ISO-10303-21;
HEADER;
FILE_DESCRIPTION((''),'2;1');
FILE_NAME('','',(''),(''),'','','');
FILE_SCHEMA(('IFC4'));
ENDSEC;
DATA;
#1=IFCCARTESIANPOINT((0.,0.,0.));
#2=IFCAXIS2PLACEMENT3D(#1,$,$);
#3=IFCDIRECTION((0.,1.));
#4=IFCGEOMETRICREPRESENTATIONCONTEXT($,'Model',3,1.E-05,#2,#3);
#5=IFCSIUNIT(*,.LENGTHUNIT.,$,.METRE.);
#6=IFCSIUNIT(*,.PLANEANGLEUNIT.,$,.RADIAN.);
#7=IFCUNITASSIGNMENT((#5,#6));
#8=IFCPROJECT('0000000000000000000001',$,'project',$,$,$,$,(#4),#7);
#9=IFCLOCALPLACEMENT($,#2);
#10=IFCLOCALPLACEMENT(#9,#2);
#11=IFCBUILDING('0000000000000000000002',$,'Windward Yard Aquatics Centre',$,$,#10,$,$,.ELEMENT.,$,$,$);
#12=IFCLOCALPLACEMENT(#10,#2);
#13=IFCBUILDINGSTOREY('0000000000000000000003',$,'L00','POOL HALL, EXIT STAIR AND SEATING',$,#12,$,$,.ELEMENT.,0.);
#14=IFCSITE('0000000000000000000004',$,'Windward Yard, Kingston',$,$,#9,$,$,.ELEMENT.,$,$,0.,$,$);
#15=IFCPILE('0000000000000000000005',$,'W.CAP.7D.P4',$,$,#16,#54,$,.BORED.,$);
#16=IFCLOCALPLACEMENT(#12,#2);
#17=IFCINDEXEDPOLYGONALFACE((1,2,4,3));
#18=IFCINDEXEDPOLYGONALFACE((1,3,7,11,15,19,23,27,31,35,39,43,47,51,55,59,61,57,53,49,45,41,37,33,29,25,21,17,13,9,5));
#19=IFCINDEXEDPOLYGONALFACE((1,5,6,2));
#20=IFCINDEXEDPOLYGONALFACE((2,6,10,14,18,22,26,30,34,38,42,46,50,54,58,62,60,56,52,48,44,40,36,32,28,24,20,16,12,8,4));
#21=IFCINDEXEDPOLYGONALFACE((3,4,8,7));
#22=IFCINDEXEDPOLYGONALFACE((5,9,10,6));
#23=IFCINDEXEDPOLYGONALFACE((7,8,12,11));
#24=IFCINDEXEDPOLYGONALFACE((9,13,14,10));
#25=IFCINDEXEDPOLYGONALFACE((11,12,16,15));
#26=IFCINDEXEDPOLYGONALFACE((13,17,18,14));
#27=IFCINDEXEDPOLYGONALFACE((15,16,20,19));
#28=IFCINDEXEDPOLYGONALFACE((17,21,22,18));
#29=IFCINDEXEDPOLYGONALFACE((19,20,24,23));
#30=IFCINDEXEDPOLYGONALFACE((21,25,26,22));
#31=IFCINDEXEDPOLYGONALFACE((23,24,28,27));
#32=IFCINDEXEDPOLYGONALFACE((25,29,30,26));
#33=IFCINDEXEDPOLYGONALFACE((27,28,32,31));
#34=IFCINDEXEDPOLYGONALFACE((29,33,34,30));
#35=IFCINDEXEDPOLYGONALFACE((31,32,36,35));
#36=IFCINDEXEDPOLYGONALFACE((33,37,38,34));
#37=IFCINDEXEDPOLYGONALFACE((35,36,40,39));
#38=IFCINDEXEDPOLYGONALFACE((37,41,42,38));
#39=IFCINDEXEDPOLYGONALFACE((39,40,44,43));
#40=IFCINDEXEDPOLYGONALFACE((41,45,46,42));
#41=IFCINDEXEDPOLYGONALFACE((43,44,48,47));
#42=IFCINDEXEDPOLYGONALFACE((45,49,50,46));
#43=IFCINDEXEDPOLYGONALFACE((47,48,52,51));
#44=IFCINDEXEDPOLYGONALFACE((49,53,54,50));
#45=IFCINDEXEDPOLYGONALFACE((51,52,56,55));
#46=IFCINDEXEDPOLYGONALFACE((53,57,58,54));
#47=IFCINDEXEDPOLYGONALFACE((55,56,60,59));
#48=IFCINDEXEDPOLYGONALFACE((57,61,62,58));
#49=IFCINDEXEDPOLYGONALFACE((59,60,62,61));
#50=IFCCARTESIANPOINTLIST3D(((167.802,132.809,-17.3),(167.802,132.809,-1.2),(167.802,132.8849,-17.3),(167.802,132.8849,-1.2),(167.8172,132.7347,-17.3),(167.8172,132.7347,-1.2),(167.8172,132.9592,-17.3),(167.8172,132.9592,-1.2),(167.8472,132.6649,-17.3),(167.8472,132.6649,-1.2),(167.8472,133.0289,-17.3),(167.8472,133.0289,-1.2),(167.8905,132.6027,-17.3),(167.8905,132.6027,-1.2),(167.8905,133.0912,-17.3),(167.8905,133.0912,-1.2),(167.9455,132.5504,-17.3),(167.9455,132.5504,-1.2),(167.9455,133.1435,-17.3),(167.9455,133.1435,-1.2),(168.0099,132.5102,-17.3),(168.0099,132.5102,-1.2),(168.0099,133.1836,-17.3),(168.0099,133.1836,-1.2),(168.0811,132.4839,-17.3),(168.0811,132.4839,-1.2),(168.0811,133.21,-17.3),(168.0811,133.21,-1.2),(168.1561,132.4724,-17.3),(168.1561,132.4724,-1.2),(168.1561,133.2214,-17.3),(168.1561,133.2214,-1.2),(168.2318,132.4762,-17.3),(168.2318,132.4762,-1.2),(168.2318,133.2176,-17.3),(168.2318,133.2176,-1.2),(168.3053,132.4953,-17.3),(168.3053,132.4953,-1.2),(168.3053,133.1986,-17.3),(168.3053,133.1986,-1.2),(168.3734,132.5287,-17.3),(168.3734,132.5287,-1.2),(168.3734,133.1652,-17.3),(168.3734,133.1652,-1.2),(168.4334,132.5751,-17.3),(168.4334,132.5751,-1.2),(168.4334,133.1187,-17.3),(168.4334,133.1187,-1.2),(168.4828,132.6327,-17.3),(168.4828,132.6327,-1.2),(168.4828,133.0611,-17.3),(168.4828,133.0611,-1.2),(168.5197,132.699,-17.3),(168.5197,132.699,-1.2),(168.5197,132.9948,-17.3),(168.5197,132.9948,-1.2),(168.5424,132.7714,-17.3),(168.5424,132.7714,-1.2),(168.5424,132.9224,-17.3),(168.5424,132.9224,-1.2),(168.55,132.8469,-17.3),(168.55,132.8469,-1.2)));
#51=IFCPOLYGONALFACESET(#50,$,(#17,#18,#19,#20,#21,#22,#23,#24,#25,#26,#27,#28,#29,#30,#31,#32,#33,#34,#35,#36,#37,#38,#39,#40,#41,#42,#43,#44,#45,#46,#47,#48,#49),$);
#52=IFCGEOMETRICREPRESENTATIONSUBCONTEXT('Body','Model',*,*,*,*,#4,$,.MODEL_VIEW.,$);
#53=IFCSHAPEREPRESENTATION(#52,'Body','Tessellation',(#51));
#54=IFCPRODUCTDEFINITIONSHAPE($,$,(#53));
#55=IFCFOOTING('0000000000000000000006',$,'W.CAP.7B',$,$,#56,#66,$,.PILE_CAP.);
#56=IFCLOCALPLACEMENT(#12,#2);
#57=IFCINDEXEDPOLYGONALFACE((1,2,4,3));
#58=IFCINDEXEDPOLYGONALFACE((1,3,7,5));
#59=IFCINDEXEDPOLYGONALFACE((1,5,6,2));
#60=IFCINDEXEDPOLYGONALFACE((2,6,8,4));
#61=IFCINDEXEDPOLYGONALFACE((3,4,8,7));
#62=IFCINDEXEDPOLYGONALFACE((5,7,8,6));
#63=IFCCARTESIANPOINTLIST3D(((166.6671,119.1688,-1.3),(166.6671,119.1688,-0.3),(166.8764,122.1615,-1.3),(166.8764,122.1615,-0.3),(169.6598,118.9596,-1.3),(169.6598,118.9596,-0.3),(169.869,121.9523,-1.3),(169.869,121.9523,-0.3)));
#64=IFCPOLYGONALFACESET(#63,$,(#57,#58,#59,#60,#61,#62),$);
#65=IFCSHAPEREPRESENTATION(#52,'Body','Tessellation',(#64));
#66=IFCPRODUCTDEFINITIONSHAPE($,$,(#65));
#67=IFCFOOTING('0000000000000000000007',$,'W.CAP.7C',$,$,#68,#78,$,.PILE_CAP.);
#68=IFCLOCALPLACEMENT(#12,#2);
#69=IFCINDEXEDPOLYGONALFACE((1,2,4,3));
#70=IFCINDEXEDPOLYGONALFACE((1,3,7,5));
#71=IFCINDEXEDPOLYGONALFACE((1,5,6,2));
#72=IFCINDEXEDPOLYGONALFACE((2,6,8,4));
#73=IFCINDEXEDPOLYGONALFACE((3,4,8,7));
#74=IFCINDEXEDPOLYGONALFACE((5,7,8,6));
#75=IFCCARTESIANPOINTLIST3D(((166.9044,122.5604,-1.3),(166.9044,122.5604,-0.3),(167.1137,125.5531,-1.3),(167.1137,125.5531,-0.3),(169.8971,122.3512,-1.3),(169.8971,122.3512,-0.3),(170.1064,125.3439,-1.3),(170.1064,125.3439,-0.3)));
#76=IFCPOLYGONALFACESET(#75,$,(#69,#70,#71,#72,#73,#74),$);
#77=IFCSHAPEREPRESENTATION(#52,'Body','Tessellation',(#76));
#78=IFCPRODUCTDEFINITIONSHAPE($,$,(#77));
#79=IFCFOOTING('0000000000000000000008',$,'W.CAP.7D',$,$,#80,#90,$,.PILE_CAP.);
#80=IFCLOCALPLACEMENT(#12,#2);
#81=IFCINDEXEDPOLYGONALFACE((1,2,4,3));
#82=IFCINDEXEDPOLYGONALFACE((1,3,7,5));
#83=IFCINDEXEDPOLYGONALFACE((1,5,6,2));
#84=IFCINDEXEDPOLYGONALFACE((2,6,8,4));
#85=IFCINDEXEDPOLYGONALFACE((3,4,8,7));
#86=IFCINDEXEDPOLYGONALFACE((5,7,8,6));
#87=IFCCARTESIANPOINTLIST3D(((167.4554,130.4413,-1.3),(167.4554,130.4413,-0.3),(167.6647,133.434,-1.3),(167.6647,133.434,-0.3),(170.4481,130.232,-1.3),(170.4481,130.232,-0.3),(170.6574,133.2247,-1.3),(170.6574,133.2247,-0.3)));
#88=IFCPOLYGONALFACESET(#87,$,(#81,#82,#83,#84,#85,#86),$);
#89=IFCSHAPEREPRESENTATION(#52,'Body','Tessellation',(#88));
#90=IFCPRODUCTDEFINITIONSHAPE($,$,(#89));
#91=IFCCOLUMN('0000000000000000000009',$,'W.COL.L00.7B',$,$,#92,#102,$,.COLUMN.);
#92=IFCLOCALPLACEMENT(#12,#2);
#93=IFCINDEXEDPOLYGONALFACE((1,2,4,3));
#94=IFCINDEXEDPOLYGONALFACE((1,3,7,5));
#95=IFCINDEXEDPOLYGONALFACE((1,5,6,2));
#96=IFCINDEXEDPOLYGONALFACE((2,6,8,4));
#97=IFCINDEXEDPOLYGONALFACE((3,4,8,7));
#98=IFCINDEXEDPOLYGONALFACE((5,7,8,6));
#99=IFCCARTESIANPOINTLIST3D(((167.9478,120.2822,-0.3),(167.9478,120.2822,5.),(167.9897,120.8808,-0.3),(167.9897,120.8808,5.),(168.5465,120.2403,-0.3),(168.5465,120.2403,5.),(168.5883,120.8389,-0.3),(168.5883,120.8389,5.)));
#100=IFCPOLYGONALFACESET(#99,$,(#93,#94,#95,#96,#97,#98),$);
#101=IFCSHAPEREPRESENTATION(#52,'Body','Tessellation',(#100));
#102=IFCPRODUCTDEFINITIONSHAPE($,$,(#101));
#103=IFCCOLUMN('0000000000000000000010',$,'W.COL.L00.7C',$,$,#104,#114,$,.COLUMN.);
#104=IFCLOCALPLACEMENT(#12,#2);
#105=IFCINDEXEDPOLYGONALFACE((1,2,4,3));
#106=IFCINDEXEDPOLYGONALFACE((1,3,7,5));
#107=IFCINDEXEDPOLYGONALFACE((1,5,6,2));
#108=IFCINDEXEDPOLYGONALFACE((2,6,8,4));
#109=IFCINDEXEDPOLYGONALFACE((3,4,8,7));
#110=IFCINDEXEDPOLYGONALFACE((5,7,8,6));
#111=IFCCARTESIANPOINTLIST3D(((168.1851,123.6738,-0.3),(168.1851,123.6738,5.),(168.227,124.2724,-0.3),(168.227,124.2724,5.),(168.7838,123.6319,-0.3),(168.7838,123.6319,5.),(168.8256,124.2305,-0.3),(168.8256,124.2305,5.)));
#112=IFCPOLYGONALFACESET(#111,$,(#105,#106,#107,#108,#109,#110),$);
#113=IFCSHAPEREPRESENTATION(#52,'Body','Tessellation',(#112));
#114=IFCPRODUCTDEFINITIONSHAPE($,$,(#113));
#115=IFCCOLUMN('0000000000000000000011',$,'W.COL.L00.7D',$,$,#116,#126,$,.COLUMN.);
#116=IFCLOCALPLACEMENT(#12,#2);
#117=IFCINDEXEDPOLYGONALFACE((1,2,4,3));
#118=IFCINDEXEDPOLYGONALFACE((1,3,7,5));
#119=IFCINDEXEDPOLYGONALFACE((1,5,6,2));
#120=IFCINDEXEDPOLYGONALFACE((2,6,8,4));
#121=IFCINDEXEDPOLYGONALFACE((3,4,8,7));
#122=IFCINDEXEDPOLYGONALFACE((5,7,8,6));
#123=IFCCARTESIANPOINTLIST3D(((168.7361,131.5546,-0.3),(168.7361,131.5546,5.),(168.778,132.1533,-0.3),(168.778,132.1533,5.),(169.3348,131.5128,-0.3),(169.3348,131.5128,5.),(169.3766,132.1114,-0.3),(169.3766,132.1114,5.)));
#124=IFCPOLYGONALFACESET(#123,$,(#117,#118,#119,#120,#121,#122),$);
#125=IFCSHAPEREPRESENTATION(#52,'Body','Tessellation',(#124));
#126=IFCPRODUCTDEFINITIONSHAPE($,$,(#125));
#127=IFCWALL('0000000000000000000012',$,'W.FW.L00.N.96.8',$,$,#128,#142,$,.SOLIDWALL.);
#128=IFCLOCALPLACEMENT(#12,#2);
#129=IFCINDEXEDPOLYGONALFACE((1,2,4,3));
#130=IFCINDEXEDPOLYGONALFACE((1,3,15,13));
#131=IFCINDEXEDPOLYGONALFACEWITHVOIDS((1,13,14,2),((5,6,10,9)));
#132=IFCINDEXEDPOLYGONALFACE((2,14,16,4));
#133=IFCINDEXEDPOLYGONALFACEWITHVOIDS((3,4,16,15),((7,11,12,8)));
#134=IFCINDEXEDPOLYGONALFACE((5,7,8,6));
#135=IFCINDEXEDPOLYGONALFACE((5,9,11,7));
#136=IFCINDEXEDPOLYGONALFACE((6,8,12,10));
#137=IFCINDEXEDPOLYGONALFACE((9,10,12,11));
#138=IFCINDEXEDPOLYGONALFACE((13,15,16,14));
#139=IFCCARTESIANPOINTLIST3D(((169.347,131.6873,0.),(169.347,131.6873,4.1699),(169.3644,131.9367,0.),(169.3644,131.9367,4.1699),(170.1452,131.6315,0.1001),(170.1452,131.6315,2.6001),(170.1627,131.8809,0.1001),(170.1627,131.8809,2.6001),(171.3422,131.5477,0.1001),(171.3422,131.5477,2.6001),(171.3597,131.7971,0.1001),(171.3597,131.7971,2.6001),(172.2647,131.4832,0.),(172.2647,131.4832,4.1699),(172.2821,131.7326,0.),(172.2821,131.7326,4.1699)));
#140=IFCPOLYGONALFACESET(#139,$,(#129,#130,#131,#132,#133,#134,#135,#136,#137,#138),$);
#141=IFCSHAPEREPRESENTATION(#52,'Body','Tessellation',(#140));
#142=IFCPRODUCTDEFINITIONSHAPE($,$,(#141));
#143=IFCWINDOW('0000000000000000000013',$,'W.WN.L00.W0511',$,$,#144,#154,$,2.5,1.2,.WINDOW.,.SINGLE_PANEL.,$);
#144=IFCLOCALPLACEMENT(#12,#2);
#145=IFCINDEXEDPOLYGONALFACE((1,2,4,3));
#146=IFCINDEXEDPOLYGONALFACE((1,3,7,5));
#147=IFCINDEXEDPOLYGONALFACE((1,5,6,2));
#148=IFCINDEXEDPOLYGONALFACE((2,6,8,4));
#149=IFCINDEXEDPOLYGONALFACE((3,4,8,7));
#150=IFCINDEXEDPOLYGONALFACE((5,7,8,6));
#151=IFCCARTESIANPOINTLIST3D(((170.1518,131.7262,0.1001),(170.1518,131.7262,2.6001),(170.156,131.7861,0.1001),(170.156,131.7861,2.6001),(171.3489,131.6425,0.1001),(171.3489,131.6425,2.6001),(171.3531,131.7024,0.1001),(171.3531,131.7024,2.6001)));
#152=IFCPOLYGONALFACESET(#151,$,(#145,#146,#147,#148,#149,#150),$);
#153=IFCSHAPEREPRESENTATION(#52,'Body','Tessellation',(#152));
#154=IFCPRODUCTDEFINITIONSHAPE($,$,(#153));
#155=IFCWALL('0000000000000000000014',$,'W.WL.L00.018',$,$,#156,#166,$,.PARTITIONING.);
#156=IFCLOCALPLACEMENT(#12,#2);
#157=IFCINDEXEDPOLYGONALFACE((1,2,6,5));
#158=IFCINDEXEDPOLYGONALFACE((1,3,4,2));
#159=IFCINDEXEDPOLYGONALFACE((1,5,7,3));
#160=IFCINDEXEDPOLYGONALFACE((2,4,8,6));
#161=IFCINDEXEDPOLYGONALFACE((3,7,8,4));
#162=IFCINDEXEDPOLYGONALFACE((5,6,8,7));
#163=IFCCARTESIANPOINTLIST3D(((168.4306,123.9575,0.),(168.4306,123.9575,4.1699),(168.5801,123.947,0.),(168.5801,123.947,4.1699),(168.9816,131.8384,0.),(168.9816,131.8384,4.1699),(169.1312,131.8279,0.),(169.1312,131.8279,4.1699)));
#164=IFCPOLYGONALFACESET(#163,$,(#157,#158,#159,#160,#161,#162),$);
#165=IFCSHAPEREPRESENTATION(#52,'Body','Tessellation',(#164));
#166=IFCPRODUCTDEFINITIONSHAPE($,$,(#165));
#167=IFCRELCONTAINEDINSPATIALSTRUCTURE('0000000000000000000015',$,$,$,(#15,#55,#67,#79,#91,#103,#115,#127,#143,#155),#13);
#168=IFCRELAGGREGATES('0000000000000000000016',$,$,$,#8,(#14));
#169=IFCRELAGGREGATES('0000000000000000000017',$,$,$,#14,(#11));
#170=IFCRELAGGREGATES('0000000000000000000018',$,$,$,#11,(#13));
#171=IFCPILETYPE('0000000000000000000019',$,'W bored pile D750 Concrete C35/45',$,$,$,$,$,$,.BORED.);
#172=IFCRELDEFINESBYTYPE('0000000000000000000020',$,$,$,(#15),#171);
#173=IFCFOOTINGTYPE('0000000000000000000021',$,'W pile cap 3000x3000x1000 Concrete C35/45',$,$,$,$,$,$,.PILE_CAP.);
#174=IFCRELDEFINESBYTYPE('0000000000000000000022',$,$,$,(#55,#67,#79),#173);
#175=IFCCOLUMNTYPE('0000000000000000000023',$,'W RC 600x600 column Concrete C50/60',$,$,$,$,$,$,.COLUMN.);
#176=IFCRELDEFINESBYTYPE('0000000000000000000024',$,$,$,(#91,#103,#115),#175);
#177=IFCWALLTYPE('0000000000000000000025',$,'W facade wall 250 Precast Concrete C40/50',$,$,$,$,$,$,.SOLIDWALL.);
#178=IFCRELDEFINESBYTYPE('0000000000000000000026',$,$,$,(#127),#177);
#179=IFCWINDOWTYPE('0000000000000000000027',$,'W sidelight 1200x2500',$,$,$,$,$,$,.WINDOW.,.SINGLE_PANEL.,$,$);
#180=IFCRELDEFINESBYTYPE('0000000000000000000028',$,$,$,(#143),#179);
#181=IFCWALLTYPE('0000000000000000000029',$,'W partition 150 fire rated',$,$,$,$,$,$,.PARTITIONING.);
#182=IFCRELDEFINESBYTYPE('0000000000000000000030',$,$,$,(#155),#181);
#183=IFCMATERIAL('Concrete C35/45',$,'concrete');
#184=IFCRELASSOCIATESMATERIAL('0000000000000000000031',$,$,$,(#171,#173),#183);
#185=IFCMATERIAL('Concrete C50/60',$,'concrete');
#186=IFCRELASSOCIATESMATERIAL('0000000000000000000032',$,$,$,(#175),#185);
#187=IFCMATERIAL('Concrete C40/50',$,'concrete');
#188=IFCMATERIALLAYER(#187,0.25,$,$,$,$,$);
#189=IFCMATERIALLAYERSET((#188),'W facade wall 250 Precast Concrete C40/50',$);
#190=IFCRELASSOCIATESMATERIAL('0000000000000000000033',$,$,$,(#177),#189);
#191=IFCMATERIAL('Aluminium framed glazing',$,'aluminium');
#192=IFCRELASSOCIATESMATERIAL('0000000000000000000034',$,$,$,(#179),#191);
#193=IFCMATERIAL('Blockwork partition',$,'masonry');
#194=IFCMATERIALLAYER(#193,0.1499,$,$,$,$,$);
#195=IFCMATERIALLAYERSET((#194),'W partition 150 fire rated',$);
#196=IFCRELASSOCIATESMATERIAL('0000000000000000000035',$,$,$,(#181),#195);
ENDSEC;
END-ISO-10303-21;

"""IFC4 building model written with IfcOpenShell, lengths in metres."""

from ifc_helpers import new_model, si_unit, direction, frame, frame_2d, origin, origin_2d, place, context, subcontext, project, spatial, rectangle, circle, extrude, material, layer, layer_set, material_profile, profile_set, type_object, element, fill, save


model = new_model("IFC4")

# Units and contexts
model_context = context("Model", 3, precision=1e-05, world=origin(), true_north=direction((0.0, 1.0)))
body_context = subcontext(model_context, "Body", "Model", "MODEL_VIEW")
ifc_project = project(units=[si_unit("LENGTHUNIT", "METRE"), si_unit("PLANEANGLEUNIT", "RADIAN")], contexts=[model_context])

# Site, building, storey
site_placement = place(None, origin())
site = spatial("IfcSite", under=ifc_project, at=site_placement, Name="Windward Yard, Kingston", CompositionType="ELEMENT", RefElevation=0.0)
building_placement = place(site_placement, origin())
building = spatial("IfcBuilding", under=site, at=building_placement, Name="Windward Yard Aquatics Centre", CompositionType="ELEMENT")
storey_placement = place(building_placement, origin())
storey = spatial("IfcBuildingStorey", under=building, at=storey_placement, Name="L00", Description="POOL HALL, EXIT STAIR AND SEATING", CompositionType="ELEMENT", Elevation=0.0)

# Pile
ifc_material_1 = material(Name="Concrete C35/45", Category="concrete")
ifc_material_profile_1 = material_profile(ifc_material_1, circle(Radius=0.375, at=origin_2d()), Name="D750")
ifc_profile_set_1 = profile_set([ifc_material_profile_1], Name="Concrete C35/45")
pile_type = type_object("IfcPileType", Name="W bored pile D750 Concrete C35/45", PredefinedType="BORED", material=ifc_profile_set_1)
for number, where, z_axis, x_axis, name in (
    (1, (168.175, 132.8469, -1.2), (0.0, 0.0, -1.0), (1.0, 0.0, 0.0), "W.CAP.7D.P4"),
):
    element("IfcPile", number, at=place(storey_placement, frame(where, z_axis=z_axis, x_axis=x_axis)), inside=storey, type_object=pile_type, Name=name, PredefinedType="BORED", context=body_context, shape_type="SweptSolid", body=[
        extrude(circle(Radius=0.375, at=origin_2d()), origin(), (0.0, 0.0, 1.0), 16.1001),
    ])

# Footings
footing_type = type_object("IfcFootingType", Name="W pile cap 3000x3000x1000 Concrete C35/45", PredefinedType="PILE_CAP", material=ifc_material_1)
for number, where, z_axis, x_axis, name in (
    (2, (168.2681, 120.5605, -1.3), (0.0, 0.0, 1.0), (0.997564, -0.069756, 0.0), "W.CAP.7B"),
    (3, (168.5054, 123.9521, -1.3), (0.0, 0.0, 1.0), (0.997564, -0.069756, 0.0), "W.CAP.7C"),
    (4, (169.0564, 131.833, -1.3), (0.0, 0.0, 1.0), (0.997564, -0.069756, 0.0), "W.CAP.7D"),
):
    element("IfcFooting", number, at=place(storey_placement, frame(where, z_axis=z_axis, x_axis=x_axis)), inside=storey, type_object=footing_type, Name=name, PredefinedType="PILE_CAP", context=body_context, shape_type="SweptSolid", body=[
        extrude(rectangle(XDim=3.0, YDim=3.0, at=origin_2d()), origin(), (0.0, 0.0, 1.0), 1.0),
    ])

# Columns
ifc_material_2 = material(Name="Concrete C50/60", Category="concrete")
ifc_material_profile_2 = material_profile(ifc_material_2, rectangle(XDim=0.6001, YDim=0.6001, at=origin_2d()), Name="RC 600x600")
ifc_profile_set_2 = profile_set([ifc_material_profile_2], Name="Concrete C50/60")
column_type = type_object("IfcColumnType", Name="W RC 600x600 column Concrete C50/60", PredefinedType="COLUMN", material=ifc_profile_set_2)
for number, where, z_axis, x_axis, name in (
    (5, (168.2681, 120.5605, -0.3), (0.0, 0.0, 1.0), (0.997564, -0.069756, 0.0), "W.COL.L00.7B"),
    (6, (168.5054, 123.9521, -0.3), (0.0, 0.0, 1.0), (0.997564, -0.069756, 0.0), "W.COL.L00.7C"),
    (7, (169.0564, 131.833, -0.3), (0.0, 0.0, 1.0), (0.997564, -0.069756, 0.0), "W.COL.L00.7D"),
):
    element("IfcColumn", number, at=place(storey_placement, frame(where, z_axis=z_axis, x_axis=x_axis)), inside=storey, type_object=column_type, Name=name, PredefinedType="COLUMN", context=body_context, shape_type="SweptSolid", body=[
        extrude(rectangle(XDim=0.6001, YDim=0.6001, at=origin_2d()), origin(), (0.0, 0.0, 1.0), 5.3),
    ])

# Wall, opening, window
ifc_material_3 = material(Name="Concrete C40/50", Category="concrete")
ifc_layer_1 = layer(ifc_material_3, 0.25)
ifc_layer_set_1 = layer_set([ifc_layer_1], Name="W facade wall 250 Precast Concrete C40/50")
wall_type_1 = type_object("IfcWallType", Name="W facade wall 250 Precast Concrete C40/50", PredefinedType="SOLIDWALL", material=ifc_layer_set_1)
wall_1_placement = place(storey_placement, frame((169.3557, 131.812, 0.0), z_axis=(0.0, 0.0, 1.0), x_axis=(0.997562, -0.069782, 0.0)))
wall_1 = element("IfcWall", 8, at=wall_1_placement, inside=storey, type_object=wall_type_1, Name="W.FW.L00.N.96.8", PredefinedType="SOLIDWALL", context=body_context, shape_type="SweptSolid", body=[
    extrude(rectangle(XDim=2.9248, YDim=0.25, at=frame_2d((1.4624, 0.0))), origin(), (0.0, 0.0, 1.0), 4.1699),
])
opening_1_placement = place(wall_1_placement, frame((0.8, 0.0, 0.1001)))
opening_1 = element("IfcOpeningElement", 9, at=opening_1_placement, cuts=wall_1, PredefinedType="OPENING", context=body_context, shape_type="SweptSolid", body=[
    extrude(rectangle(XDim=1.2, YDim=2.5, at=frame_2d((0.6001, 1.25))), frame((0.0, 0.135, 0.0), z_axis=(0.0, -1.0, 0.0), x_axis=(1.0, 0.0, 0.0)), (0.0, 0.0, 1.0), 0.27),
])
ifc_material_4 = material(Name="Aluminium framed glazing", Category="aluminium")
window_type = type_object("IfcWindowType", Name="W sidelight 1200x2500", PartitioningType="SINGLE_PANEL", PredefinedType="WINDOW", material=ifc_material_4)
window_placement = place(opening_1_placement, origin())
window = element("IfcWindow", 10, at=window_placement, inside=storey, type_object=window_type, Name="W.WN.L00.W0511", OverallHeight=2.5, OverallWidth=1.2, PartitioningType="SINGLE_PANEL", PredefinedType="WINDOW", context=body_context, shape_type="SweptSolid", body=[
    extrude(rectangle(XDim=1.2, YDim=2.5, at=frame_2d((0.6001, 1.25))), frame((0.0, 0.03, 0.0), z_axis=(0.0, -1.0, 0.0), x_axis=(1.0, 0.0, 0.0)), (0.0, 0.0, 1.0), 0.0601),
])
fill(opening_1, window)

# Wall
ifc_material_5 = material(Name="Blockwork partition", Category="masonry")
ifc_layer_2 = layer(ifc_material_5, 0.1499)
ifc_layer_set_2 = layer_set([ifc_layer_2], Name="W partition 150 fire rated")
wall_type_2 = type_object("IfcWallType", Name="W partition 150 fire rated", PredefinedType="PARTITIONING", material=ifc_layer_set_2)
wall_2_placement = place(storey_placement, frame((168.5054, 123.9521, 0.0), z_axis=(0.0, 0.0, 1.0), x_axis=(0.069749, 0.997565, 0.0)))
element("IfcWall", 11, at=wall_2_placement, inside=storey, type_object=wall_type_2, Name="W.WL.L00.018", PredefinedType="PARTITIONING", context=body_context, shape_type="SweptSolid", body=[
    extrude(rectangle(XDim=7.9001, YDim=0.1499, at=frame_2d((3.9502, 0.0))), origin(), (0.0, 0.0, 1.0), 4.1699),
])

save(model, "model.ifc")
